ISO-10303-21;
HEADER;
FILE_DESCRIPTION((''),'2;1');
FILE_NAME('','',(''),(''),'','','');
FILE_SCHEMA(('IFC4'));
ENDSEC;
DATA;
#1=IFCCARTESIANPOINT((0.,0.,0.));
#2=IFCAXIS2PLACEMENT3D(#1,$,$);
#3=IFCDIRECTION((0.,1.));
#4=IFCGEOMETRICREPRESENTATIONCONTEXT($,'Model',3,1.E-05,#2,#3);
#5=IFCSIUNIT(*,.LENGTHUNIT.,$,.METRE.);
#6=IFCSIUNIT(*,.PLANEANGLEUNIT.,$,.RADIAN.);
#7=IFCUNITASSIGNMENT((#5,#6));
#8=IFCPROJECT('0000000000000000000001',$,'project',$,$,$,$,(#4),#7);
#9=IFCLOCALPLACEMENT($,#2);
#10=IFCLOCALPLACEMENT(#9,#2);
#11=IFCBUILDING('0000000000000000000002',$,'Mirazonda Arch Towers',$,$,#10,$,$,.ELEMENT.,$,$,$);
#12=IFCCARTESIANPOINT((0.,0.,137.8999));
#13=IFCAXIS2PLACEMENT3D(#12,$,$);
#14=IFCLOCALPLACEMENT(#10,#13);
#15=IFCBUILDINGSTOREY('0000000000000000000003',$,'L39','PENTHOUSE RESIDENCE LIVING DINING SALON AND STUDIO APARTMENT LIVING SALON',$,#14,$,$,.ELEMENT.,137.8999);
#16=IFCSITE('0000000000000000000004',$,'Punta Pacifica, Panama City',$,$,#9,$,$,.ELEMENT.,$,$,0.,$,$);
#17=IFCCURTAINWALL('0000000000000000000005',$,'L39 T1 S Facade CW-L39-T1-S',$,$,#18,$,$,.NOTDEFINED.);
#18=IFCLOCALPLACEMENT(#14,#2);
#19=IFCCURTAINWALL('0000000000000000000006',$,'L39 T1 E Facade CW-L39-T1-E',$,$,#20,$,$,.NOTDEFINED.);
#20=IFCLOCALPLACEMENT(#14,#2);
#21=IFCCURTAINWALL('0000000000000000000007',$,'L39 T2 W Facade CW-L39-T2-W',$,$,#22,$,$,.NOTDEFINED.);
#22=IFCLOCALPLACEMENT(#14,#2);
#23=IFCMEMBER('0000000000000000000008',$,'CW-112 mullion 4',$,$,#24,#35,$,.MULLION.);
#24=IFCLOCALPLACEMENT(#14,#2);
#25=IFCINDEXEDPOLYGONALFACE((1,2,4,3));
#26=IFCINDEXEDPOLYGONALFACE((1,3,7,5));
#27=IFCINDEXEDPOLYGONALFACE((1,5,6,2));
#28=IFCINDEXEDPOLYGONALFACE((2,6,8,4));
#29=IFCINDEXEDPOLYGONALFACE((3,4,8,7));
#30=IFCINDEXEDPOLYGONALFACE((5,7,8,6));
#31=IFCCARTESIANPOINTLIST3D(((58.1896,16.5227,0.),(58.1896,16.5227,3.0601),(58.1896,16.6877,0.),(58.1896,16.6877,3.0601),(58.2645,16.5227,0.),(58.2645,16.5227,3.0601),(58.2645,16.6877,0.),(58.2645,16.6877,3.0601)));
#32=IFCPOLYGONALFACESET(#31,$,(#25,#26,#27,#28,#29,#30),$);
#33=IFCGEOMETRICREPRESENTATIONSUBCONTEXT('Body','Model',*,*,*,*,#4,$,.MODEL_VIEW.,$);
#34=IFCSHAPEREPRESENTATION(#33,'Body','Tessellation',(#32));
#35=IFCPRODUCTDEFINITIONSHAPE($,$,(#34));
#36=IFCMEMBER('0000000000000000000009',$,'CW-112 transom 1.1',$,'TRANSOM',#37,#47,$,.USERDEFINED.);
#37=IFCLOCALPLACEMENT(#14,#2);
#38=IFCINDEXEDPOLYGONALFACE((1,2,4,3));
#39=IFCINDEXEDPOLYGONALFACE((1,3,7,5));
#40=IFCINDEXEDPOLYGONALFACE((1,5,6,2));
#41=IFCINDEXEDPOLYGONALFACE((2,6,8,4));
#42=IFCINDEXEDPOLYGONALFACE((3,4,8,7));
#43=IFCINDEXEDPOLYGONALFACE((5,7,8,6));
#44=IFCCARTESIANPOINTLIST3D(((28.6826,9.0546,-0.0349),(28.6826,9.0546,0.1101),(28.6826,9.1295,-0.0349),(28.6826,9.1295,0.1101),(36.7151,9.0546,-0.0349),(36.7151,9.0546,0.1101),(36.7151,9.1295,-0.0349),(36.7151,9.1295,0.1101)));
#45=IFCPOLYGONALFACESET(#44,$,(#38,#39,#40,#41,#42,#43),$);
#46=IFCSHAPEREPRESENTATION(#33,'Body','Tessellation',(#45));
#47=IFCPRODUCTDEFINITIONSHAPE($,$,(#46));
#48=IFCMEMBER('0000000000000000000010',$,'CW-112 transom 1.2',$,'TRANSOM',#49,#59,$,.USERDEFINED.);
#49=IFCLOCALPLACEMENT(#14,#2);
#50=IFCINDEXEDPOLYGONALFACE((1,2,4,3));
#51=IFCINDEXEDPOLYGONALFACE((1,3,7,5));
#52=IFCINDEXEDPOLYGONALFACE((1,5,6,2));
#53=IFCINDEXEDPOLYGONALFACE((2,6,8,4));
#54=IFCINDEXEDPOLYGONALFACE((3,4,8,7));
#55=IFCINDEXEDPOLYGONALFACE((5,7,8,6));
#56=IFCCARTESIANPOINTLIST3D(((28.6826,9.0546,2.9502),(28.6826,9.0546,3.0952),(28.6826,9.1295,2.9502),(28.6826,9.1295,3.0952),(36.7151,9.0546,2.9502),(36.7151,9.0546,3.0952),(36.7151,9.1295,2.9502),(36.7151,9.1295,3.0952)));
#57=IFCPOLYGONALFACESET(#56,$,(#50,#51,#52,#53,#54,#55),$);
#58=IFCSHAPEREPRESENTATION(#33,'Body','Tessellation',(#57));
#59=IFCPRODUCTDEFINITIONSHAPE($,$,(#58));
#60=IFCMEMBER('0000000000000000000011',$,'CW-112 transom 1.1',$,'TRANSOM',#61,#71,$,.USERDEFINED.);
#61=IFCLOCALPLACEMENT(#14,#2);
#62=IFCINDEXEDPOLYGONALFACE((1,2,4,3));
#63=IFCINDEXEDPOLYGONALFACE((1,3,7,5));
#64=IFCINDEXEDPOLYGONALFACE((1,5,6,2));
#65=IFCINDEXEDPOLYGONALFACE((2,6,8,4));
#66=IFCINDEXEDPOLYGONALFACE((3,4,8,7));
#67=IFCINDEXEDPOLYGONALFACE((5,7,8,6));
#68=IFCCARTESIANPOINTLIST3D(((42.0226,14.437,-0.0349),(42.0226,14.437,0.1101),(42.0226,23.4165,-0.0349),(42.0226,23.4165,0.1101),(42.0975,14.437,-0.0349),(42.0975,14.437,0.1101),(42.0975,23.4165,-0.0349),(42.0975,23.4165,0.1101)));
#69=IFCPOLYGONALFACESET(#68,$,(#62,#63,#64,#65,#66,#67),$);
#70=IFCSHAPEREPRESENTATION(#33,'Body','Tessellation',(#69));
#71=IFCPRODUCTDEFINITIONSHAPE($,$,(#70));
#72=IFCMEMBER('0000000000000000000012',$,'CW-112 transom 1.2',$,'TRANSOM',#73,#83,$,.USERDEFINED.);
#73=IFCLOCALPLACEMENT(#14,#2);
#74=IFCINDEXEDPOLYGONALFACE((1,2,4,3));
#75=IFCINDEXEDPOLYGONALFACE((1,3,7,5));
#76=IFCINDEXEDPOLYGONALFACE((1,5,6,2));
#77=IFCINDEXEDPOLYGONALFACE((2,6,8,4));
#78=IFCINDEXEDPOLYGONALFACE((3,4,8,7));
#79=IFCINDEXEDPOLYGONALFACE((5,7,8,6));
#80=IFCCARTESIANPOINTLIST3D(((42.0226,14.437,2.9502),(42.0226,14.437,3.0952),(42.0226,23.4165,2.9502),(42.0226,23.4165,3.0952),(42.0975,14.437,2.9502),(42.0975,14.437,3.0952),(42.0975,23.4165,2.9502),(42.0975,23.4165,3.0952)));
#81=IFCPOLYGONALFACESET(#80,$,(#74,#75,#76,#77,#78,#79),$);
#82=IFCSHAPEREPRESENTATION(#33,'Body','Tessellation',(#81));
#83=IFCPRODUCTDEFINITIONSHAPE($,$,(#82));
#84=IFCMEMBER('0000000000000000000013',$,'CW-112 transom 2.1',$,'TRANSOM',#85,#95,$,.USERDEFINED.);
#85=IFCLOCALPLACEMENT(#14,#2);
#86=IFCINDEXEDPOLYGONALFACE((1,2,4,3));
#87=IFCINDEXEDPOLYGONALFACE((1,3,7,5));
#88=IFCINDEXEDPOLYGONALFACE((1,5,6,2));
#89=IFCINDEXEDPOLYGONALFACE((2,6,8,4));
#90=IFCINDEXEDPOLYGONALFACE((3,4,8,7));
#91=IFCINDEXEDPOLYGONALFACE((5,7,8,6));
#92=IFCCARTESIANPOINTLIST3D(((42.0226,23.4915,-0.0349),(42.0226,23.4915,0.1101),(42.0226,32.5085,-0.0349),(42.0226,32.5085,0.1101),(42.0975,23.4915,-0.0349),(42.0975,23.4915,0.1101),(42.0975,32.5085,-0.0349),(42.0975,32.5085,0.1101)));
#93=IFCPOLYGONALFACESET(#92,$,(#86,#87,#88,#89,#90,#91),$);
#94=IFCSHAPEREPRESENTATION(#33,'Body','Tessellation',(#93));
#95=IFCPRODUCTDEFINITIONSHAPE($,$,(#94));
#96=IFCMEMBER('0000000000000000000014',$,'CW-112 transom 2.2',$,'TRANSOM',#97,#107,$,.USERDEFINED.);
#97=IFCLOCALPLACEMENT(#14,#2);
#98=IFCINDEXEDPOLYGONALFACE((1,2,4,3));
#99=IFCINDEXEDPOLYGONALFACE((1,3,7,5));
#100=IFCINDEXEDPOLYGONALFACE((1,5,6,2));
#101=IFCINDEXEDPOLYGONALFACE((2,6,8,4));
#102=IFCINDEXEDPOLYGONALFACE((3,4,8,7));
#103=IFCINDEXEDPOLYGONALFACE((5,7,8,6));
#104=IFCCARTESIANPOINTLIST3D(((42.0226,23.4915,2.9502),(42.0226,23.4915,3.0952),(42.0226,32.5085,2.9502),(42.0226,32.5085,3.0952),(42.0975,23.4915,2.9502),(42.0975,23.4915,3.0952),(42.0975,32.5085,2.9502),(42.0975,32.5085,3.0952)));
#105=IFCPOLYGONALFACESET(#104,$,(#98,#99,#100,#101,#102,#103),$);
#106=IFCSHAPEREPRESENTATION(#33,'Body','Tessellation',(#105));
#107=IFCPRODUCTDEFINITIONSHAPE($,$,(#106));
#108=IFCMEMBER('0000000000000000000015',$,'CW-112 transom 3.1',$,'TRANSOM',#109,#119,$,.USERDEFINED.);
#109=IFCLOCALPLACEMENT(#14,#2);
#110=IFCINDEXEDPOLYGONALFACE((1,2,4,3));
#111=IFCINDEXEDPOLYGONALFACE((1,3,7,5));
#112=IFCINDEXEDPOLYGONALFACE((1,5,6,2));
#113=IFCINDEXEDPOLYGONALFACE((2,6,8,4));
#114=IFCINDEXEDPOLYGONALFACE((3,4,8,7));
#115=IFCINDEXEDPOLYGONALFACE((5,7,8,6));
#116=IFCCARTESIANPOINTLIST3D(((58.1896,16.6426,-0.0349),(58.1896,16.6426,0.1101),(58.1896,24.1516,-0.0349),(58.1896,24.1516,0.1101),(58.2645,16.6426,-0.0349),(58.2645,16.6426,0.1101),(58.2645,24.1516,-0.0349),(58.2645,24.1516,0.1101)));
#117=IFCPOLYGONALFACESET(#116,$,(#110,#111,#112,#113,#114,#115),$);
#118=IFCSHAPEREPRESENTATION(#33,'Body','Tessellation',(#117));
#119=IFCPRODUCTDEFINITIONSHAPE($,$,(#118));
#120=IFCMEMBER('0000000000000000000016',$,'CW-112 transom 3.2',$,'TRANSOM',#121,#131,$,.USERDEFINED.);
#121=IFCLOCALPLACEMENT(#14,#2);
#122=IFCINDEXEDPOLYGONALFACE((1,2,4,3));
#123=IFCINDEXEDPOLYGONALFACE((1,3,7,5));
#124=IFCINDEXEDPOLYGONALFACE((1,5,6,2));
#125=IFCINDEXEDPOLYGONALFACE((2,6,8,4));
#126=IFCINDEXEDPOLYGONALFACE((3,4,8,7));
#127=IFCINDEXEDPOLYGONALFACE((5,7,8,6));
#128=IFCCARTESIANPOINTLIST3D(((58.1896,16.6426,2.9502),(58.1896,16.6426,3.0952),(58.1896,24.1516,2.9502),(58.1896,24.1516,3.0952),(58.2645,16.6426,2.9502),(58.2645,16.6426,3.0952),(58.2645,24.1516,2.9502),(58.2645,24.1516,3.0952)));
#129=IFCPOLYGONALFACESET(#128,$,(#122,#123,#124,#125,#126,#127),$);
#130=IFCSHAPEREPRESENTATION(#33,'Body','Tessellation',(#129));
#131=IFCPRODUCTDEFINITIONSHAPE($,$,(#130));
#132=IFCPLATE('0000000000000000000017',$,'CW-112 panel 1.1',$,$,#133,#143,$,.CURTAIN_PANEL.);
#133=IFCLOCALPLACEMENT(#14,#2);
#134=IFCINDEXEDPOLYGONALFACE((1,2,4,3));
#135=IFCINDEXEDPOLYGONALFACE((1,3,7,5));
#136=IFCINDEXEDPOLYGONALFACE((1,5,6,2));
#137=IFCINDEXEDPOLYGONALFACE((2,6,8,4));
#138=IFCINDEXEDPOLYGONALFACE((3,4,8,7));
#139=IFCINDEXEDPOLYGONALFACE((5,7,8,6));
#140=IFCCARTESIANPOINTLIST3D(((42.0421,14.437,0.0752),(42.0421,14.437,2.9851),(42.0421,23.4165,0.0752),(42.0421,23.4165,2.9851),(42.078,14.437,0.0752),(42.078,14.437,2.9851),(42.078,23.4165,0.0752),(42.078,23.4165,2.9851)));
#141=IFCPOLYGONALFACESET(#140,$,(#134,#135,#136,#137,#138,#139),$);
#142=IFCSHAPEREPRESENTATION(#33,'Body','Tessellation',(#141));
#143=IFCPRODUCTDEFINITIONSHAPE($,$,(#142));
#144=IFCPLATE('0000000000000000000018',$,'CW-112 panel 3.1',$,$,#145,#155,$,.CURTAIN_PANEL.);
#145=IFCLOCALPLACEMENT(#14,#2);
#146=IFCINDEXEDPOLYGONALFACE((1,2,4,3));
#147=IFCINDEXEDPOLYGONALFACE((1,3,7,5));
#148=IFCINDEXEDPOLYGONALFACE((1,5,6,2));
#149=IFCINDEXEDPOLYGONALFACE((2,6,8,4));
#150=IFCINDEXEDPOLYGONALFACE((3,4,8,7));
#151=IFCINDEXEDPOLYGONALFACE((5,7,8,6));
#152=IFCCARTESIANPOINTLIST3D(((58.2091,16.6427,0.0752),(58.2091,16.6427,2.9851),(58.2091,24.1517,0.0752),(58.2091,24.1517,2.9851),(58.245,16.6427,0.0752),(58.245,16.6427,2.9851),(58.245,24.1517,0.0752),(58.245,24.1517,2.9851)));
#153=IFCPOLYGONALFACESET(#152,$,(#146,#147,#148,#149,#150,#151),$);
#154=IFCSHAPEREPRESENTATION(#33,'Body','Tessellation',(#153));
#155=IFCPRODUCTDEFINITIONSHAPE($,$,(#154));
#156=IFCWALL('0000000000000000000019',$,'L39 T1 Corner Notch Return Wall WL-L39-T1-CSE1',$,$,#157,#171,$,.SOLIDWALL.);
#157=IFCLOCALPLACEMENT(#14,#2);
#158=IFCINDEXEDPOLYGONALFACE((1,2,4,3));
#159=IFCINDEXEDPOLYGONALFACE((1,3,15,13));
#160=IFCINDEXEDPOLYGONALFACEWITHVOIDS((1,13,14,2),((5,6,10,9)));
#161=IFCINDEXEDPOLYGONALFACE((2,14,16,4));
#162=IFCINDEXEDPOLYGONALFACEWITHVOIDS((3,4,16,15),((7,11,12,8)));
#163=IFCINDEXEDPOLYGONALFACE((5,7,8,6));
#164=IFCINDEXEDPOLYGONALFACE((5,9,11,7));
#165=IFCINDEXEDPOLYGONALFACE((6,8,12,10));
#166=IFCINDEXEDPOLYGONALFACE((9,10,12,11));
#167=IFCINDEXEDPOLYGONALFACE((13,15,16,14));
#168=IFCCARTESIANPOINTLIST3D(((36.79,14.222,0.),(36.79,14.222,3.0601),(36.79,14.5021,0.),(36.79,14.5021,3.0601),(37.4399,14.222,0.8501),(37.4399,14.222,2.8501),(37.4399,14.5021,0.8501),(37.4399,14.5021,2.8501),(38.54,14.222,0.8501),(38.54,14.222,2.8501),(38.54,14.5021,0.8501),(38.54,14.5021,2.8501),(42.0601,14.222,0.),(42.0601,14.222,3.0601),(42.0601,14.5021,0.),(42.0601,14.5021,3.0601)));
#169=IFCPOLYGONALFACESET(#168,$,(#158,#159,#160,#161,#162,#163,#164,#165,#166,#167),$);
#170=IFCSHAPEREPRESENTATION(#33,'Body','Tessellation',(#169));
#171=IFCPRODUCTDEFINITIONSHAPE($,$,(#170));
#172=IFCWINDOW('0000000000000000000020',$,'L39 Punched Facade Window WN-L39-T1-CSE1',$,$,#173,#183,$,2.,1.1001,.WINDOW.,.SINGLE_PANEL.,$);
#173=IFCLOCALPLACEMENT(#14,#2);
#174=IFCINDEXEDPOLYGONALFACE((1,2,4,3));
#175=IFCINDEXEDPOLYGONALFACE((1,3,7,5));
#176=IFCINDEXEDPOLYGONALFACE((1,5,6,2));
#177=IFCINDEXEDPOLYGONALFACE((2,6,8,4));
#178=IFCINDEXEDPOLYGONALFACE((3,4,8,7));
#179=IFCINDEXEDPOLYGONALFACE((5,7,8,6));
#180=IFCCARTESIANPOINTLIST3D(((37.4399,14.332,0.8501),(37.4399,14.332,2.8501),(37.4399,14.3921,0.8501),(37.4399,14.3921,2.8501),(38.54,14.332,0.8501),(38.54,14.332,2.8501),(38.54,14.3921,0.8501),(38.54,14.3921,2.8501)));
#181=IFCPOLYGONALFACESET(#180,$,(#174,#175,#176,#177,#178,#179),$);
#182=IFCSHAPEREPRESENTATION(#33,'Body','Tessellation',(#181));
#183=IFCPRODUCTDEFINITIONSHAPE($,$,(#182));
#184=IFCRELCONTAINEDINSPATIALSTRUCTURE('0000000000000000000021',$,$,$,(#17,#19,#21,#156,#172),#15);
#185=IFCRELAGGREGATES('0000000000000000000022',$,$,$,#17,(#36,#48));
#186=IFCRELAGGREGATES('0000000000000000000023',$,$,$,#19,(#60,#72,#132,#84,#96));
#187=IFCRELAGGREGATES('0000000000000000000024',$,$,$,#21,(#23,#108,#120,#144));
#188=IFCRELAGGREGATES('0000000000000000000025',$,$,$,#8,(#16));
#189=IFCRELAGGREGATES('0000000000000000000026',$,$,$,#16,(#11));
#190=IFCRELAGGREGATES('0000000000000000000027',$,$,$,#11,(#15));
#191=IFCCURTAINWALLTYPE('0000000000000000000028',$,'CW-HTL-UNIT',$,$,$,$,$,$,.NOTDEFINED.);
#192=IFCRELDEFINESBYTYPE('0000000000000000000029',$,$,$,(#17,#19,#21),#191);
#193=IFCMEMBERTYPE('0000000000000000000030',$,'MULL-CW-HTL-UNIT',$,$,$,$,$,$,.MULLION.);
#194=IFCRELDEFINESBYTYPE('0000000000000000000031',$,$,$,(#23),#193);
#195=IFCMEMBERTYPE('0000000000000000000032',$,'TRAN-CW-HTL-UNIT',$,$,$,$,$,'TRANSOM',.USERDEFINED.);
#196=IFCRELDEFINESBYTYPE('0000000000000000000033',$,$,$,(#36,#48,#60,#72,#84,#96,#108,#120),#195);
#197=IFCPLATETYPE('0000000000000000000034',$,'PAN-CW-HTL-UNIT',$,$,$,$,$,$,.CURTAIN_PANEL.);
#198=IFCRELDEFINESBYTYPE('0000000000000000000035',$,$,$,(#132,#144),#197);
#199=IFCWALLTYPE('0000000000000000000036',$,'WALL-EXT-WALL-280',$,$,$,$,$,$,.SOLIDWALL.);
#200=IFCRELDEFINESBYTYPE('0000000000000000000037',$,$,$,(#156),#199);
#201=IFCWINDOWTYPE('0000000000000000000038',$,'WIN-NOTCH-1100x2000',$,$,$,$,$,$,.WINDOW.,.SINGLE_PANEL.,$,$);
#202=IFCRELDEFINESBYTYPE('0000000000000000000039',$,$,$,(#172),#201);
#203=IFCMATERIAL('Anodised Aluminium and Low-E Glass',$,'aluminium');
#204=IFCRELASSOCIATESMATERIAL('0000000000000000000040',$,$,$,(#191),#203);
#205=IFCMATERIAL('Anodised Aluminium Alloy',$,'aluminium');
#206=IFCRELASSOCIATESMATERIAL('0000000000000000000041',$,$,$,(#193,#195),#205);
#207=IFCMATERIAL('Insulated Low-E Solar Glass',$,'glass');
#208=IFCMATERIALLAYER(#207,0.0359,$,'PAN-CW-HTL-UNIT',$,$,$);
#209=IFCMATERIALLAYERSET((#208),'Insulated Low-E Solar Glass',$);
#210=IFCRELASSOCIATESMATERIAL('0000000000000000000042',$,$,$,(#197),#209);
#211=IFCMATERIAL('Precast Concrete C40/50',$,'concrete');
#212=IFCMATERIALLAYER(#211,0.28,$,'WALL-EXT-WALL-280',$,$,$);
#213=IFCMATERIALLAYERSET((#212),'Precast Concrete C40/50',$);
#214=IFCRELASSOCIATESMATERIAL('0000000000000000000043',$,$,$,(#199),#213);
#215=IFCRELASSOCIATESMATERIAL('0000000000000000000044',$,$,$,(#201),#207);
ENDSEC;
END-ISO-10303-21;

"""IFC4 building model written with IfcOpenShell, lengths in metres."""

from ifc_helpers import new_model, si_unit, direction, frame, frame_2d, origin, origin_2d, place, context, subcontext, project, spatial, rectangle, extrude, material, layer, layer_set, material_profile, profile_set, type_object, element, fill, aggregate, save


model = new_model("IFC4")

# Units and contexts
model_context = context("Model", 3, precision=1e-05, world=origin(), true_north=direction((0.0, 1.0)))
body_context = subcontext(model_context, "Body", "Model", "MODEL_VIEW")
ifc_project = project(units=[si_unit("LENGTHUNIT", "METRE"), si_unit("PLANEANGLEUNIT", "RADIAN")], contexts=[model_context])

# Site, building, storey
site_placement = place(None, origin())
site = spatial("IfcSite", under=ifc_project, at=site_placement, Name="Punta Pacifica, Panama City", CompositionType="ELEMENT", RefElevation=0.0)
building_placement = place(site_placement, origin())
building = spatial("IfcBuilding", under=site, at=building_placement, Name="Mirazonda Arch Towers", CompositionType="ELEMENT")
storey_placement = place(building_placement, frame((0.0, 0.0, 137.8999)))
storey = spatial("IfcBuildingStorey", under=building, at=storey_placement, Name="L39", Description="PENTHOUSE RESIDENCE LIVING DINING SALON AND STUDIO APARTMENT LIVING SALON", CompositionType="ELEMENT", Elevation=137.8999)

# Curtain wall
ifc_material_1 = material(Name="Anodised Aluminium and Low-E Glass", Category="aluminium")
curtain_wall_type = type_object("IfcCurtainWallType", Name="CW-HTL-UNIT", PredefinedType="NOTDEFINED", material=ifc_material_1)
curtain_wall_1_placement = place(storey_placement, origin())
curtain_wall_1 = element("IfcCurtainWall", 1, at=curtain_wall_1_placement, inside=storey, type_object=curtain_wall_type, Name="L39 T1 S Facade CW-L39-T1-S", PredefinedType="NOTDEFINED")
ifc_material_2 = material(Name="Anodised Aluminium Alloy", Category="aluminium")
ifc_material_profile_1 = material_profile(ifc_material_2, rectangle(XDim=0.075, YDim=0.165, at=origin_2d()), Name="ALU-MULL-75x165")
ifc_profile_set_1 = profile_set([ifc_material_profile_1], Name="Anodised Aluminium Alloy")
member_type_1 = type_object("IfcMemberType", Name="MULL-CW-HTL-UNIT", PredefinedType="MULLION", material=ifc_profile_set_1)

# Curtain walls, member
curtain_wall_2_placement = place(storey_placement, origin())
curtain_wall_2 = element("IfcCurtainWall", 2, at=curtain_wall_2_placement, inside=storey, type_object=curtain_wall_type, Name="L39 T1 E Facade CW-L39-T1-E", PredefinedType="NOTDEFINED")
curtain_wall_3_placement = place(storey_placement, origin())
curtain_wall_3 = element("IfcCurtainWall", 3, at=curtain_wall_3_placement, inside=storey, type_object=curtain_wall_type, Name="L39 T2 W Facade CW-L39-T2-W", PredefinedType="NOTDEFINED")
member_1_placement = place(storey_placement, frame((58.2271, 16.6052, 0.0), z_axis=(0.0, 0.0, 1.0), x_axis=(1.0, 0.0, 0.0)))
member_1 = element("IfcMember", 4, at=member_1_placement, type_object=member_type_1, Name="CW-112 mullion 4", PredefinedType="MULLION", context=body_context, shape_type="SweptSolid", body=[
    extrude(rectangle(XDim=0.075, YDim=0.165, at=origin_2d()), origin(), (0.0, 0.0, 1.0), 3.0601),
])

# Members
ifc_material_profile_2 = material_profile(ifc_material_2, rectangle(XDim=0.075, YDim=0.145, at=origin_2d()), Name="ALU-TRAN-75x145")
ifc_profile_set_2 = profile_set([ifc_material_profile_2], Name="Anodised Aluminium Alloy")
member_type_2 = type_object("IfcMemberType", Name="TRAN-CW-HTL-UNIT", ElementType="TRANSOM", PredefinedType="USERDEFINED", material=ifc_profile_set_2)
member_2_placement = place(storey_placement, frame((36.7151, 9.092, 0.0376), z_axis=(-1.0, 0.0, 0.0), x_axis=(0.0, -1.0, 0.0)))
member_2 = element("IfcMember", 5, at=member_2_placement, type_object=member_type_2, Name="CW-112 transom 1.1", ObjectType="TRANSOM", PredefinedType="USERDEFINED", context=body_context, shape_type="SweptSolid", body=[
    extrude(rectangle(XDim=0.075, YDim=0.145, at=origin_2d()), origin(), (0.0, 0.0, 1.0), 8.0325),
])
member_3_placement = place(storey_placement, frame((36.7151, 9.092, 3.0227), z_axis=(-1.0, 0.0, 0.0), x_axis=(0.0, -1.0, 0.0)))
member_3 = element("IfcMember", 6, at=member_3_placement, type_object=member_type_2, Name="CW-112 transom 1.2", ObjectType="TRANSOM", PredefinedType="USERDEFINED", context=body_context, shape_type="SweptSolid", body=[
    extrude(rectangle(XDim=0.075, YDim=0.145, at=origin_2d()), origin(), (0.0, 0.0, 1.0), 8.0325),
])
aggregate(curtain_wall_1, [member_2, member_3])
member_4_placement = place(storey_placement, frame((42.0601, 14.437, 0.0376), z_axis=(0.0, 1.0, 0.0), x_axis=(-1.0, 0.0, 0.0)))
member_4 = element("IfcMember", 7, at=member_4_placement, type_object=member_type_2, Name="CW-112 transom 1.1", ObjectType="TRANSOM", PredefinedType="USERDEFINED", context=body_context, shape_type="SweptSolid", body=[
    extrude(rectangle(XDim=0.075, YDim=0.145, at=origin_2d()), origin(), (0.0, 0.0, 1.0), 8.9795),
])
member_5_placement = place(storey_placement, frame((42.0601, 14.437, 3.0227), z_axis=(0.0, 1.0, 0.0), x_axis=(-1.0, 0.0, 0.0)))
member_5 = element("IfcMember", 8, at=member_5_placement, type_object=member_type_2, Name="CW-112 transom 1.2", ObjectType="TRANSOM", PredefinedType="USERDEFINED", context=body_context, shape_type="SweptSolid", body=[
    extrude(rectangle(XDim=0.075, YDim=0.145, at=origin_2d()), origin(), (0.0, 0.0, 1.0), 8.9795),
])
member_6_placement = place(storey_placement, frame((42.0601, 23.4915, 0.0376), z_axis=(0.0, 1.0, 0.0), x_axis=(-1.0, 0.0, 0.0)))
member_6 = element("IfcMember", 9, at=member_6_placement, type_object=member_type_2, Name="CW-112 transom 2.1", ObjectType="TRANSOM", PredefinedType="USERDEFINED", context=body_context, shape_type="SweptSolid", body=[
    extrude(rectangle(XDim=0.075, YDim=0.145, at=origin_2d()), origin(), (0.0, 0.0, 1.0), 9.0171),
])
member_7_placement = place(storey_placement, frame((42.0601, 23.4915, 3.0227), z_axis=(0.0, 1.0, 0.0), x_axis=(-1.0, 0.0, 0.0)))
member_7 = element("IfcMember", 10, at=member_7_placement, type_object=member_type_2, Name="CW-112 transom 2.2", ObjectType="TRANSOM", PredefinedType="USERDEFINED", context=body_context, shape_type="SweptSolid", body=[
    extrude(rectangle(XDim=0.075, YDim=0.145, at=origin_2d()), origin(), (0.0, 0.0, 1.0), 9.0171),
])
member_8_placement = place(storey_placement, frame((58.2271, 24.1516, 0.0376), z_axis=(0.0, -1.0, 0.0), x_axis=(1.0, 0.0, 0.0)))
member_8 = element("IfcMember", 11, at=member_8_placement, type_object=member_type_2, Name="CW-112 transom 3.1", ObjectType="TRANSOM", PredefinedType="USERDEFINED", context=body_context, shape_type="SweptSolid", body=[
    extrude(rectangle(XDim=0.075, YDim=0.145, at=origin_2d()), origin(), (0.0, 0.0, 1.0), 7.509),
])
member_9_placement = place(storey_placement, frame((58.2271, 24.1516, 3.0227), z_axis=(0.0, -1.0, 0.0), x_axis=(1.0, 0.0, 0.0)))
member_9 = element("IfcMember", 12, at=member_9_placement, type_object=member_type_2, Name="CW-112 transom 3.2", ObjectType="TRANSOM", PredefinedType="USERDEFINED", context=body_context, shape_type="SweptSolid", body=[
    extrude(rectangle(XDim=0.075, YDim=0.145, at=origin_2d()), origin(), (0.0, 0.0, 1.0), 7.509),
])

# Plates
ifc_material_3 = material(Name="Insulated Low-E Solar Glass", Category="glass")
ifc_layer_1 = layer(ifc_material_3, 0.0359, Name="PAN-CW-HTL-UNIT")
ifc_layer_set_1 = layer_set([ifc_layer_1], Name="Insulated Low-E Solar Glass")
plate_type = type_object("IfcPlateType", Name="PAN-CW-HTL-UNIT", PredefinedType="CURTAIN_PANEL", material=ifc_layer_set_1)
plate_1_placement = place(storey_placement, frame((42.0601, 18.9268, 0.0752), z_axis=(0.0, 0.0, 1.0), x_axis=(0.0, 1.0, 0.0)))
plate_1 = element("IfcPlate", 13, at=plate_1_placement, type_object=plate_type, Name="CW-112 panel 1.1", PredefinedType="CURTAIN_PANEL", context=body_context, shape_type="SweptSolid", body=[
    extrude(rectangle(XDim=8.9795, YDim=0.0359, at=origin_2d()), origin(), (0.0, 0.0, 1.0), 2.9099),
])
aggregate(curtain_wall_2, [member_4, member_5, plate_1, member_6, member_7])
plate_2_placement = place(storey_placement, frame((58.2271, 20.3972, 0.0752), z_axis=(0.0, 0.0, 1.0), x_axis=(0.0, -1.0, 0.0)))
plate_2 = element("IfcPlate", 14, at=plate_2_placement, type_object=plate_type, Name="CW-112 panel 3.1", PredefinedType="CURTAIN_PANEL", context=body_context, shape_type="SweptSolid", body=[
    extrude(rectangle(XDim=7.509, YDim=0.0359, at=origin_2d()), origin(), (0.0, 0.0, 1.0), 2.9099),
])
aggregate(curtain_wall_3, [member_1, member_8, member_9, plate_2])

# Wall, opening, window
ifc_material_4 = material(Name="Precast Concrete C40/50", Category="concrete")
ifc_layer_2 = layer(ifc_material_4, 0.28, Name="WALL-EXT-WALL-280")
ifc_layer_set_2 = layer_set([ifc_layer_2], Name="Precast Concrete C40/50")
wall_type_1 = type_object("IfcWallType", Name="WALL-EXT-WALL-280", PredefinedType="SOLIDWALL", material=ifc_layer_set_2)
wall_1_placement = place(storey_placement, frame((36.79, 14.3621, 0.0), z_axis=(0.0, 0.0, 1.0), x_axis=(1.0, 0.0, 0.0)))
wall_1 = element("IfcWall", 15, at=wall_1_placement, inside=storey, type_object=wall_type_1, Name="L39 T1 Corner Notch Return Wall WL-L39-T1-CSE1", PredefinedType="SOLIDWALL", context=body_context, shape_type="SweptSolid", body=[
    extrude(rectangle(XDim=5.27, YDim=0.28, at=frame_2d((2.635, 0.0))), origin(), (0.0, 0.0, 1.0), 3.0601),
])
opening_1_placement = place(wall_1_placement, frame((0.6499, 0.0, 0.8501)))
opening_1 = element("IfcOpeningElement", 16, at=opening_1_placement, cuts=wall_1, PredefinedType="OPENING", context=body_context, shape_type="SweptSolid", body=[
    extrude(rectangle(XDim=1.1001, YDim=2.0, at=frame_2d((0.55, 1.0))), frame((0.0, 0.1499, 0.0), z_axis=(0.0, -1.0, 0.0), x_axis=(1.0, 0.0, 0.0)), (0.0, 0.0, 1.0), 0.3),
])
window_type = type_object("IfcWindowType", Name="WIN-NOTCH-1100x2000", PartitioningType="SINGLE_PANEL", PredefinedType="WINDOW", material=ifc_material_3)
window_1_placement = place(opening_1_placement, origin())
window_1 = element("IfcWindow", 17, at=window_1_placement, inside=storey, type_object=window_type, Name="L39 Punched Facade Window WN-L39-T1-CSE1", OverallHeight=2.0, OverallWidth=1.1001, PartitioningType="SINGLE_PANEL", PredefinedType="WINDOW", context=body_context, shape_type="SweptSolid", body=[
    extrude(rectangle(XDim=1.1001, YDim=2.0, at=frame_2d((0.55, 1.0))), frame((0.0, 0.03, 0.0), z_axis=(0.0, -1.0, 0.0), x_axis=(1.0, 0.0, 0.0)), (0.0, 0.0, 1.0), 0.0601),
])
fill(opening_1, window_1)

save(model, "model.ifc")
